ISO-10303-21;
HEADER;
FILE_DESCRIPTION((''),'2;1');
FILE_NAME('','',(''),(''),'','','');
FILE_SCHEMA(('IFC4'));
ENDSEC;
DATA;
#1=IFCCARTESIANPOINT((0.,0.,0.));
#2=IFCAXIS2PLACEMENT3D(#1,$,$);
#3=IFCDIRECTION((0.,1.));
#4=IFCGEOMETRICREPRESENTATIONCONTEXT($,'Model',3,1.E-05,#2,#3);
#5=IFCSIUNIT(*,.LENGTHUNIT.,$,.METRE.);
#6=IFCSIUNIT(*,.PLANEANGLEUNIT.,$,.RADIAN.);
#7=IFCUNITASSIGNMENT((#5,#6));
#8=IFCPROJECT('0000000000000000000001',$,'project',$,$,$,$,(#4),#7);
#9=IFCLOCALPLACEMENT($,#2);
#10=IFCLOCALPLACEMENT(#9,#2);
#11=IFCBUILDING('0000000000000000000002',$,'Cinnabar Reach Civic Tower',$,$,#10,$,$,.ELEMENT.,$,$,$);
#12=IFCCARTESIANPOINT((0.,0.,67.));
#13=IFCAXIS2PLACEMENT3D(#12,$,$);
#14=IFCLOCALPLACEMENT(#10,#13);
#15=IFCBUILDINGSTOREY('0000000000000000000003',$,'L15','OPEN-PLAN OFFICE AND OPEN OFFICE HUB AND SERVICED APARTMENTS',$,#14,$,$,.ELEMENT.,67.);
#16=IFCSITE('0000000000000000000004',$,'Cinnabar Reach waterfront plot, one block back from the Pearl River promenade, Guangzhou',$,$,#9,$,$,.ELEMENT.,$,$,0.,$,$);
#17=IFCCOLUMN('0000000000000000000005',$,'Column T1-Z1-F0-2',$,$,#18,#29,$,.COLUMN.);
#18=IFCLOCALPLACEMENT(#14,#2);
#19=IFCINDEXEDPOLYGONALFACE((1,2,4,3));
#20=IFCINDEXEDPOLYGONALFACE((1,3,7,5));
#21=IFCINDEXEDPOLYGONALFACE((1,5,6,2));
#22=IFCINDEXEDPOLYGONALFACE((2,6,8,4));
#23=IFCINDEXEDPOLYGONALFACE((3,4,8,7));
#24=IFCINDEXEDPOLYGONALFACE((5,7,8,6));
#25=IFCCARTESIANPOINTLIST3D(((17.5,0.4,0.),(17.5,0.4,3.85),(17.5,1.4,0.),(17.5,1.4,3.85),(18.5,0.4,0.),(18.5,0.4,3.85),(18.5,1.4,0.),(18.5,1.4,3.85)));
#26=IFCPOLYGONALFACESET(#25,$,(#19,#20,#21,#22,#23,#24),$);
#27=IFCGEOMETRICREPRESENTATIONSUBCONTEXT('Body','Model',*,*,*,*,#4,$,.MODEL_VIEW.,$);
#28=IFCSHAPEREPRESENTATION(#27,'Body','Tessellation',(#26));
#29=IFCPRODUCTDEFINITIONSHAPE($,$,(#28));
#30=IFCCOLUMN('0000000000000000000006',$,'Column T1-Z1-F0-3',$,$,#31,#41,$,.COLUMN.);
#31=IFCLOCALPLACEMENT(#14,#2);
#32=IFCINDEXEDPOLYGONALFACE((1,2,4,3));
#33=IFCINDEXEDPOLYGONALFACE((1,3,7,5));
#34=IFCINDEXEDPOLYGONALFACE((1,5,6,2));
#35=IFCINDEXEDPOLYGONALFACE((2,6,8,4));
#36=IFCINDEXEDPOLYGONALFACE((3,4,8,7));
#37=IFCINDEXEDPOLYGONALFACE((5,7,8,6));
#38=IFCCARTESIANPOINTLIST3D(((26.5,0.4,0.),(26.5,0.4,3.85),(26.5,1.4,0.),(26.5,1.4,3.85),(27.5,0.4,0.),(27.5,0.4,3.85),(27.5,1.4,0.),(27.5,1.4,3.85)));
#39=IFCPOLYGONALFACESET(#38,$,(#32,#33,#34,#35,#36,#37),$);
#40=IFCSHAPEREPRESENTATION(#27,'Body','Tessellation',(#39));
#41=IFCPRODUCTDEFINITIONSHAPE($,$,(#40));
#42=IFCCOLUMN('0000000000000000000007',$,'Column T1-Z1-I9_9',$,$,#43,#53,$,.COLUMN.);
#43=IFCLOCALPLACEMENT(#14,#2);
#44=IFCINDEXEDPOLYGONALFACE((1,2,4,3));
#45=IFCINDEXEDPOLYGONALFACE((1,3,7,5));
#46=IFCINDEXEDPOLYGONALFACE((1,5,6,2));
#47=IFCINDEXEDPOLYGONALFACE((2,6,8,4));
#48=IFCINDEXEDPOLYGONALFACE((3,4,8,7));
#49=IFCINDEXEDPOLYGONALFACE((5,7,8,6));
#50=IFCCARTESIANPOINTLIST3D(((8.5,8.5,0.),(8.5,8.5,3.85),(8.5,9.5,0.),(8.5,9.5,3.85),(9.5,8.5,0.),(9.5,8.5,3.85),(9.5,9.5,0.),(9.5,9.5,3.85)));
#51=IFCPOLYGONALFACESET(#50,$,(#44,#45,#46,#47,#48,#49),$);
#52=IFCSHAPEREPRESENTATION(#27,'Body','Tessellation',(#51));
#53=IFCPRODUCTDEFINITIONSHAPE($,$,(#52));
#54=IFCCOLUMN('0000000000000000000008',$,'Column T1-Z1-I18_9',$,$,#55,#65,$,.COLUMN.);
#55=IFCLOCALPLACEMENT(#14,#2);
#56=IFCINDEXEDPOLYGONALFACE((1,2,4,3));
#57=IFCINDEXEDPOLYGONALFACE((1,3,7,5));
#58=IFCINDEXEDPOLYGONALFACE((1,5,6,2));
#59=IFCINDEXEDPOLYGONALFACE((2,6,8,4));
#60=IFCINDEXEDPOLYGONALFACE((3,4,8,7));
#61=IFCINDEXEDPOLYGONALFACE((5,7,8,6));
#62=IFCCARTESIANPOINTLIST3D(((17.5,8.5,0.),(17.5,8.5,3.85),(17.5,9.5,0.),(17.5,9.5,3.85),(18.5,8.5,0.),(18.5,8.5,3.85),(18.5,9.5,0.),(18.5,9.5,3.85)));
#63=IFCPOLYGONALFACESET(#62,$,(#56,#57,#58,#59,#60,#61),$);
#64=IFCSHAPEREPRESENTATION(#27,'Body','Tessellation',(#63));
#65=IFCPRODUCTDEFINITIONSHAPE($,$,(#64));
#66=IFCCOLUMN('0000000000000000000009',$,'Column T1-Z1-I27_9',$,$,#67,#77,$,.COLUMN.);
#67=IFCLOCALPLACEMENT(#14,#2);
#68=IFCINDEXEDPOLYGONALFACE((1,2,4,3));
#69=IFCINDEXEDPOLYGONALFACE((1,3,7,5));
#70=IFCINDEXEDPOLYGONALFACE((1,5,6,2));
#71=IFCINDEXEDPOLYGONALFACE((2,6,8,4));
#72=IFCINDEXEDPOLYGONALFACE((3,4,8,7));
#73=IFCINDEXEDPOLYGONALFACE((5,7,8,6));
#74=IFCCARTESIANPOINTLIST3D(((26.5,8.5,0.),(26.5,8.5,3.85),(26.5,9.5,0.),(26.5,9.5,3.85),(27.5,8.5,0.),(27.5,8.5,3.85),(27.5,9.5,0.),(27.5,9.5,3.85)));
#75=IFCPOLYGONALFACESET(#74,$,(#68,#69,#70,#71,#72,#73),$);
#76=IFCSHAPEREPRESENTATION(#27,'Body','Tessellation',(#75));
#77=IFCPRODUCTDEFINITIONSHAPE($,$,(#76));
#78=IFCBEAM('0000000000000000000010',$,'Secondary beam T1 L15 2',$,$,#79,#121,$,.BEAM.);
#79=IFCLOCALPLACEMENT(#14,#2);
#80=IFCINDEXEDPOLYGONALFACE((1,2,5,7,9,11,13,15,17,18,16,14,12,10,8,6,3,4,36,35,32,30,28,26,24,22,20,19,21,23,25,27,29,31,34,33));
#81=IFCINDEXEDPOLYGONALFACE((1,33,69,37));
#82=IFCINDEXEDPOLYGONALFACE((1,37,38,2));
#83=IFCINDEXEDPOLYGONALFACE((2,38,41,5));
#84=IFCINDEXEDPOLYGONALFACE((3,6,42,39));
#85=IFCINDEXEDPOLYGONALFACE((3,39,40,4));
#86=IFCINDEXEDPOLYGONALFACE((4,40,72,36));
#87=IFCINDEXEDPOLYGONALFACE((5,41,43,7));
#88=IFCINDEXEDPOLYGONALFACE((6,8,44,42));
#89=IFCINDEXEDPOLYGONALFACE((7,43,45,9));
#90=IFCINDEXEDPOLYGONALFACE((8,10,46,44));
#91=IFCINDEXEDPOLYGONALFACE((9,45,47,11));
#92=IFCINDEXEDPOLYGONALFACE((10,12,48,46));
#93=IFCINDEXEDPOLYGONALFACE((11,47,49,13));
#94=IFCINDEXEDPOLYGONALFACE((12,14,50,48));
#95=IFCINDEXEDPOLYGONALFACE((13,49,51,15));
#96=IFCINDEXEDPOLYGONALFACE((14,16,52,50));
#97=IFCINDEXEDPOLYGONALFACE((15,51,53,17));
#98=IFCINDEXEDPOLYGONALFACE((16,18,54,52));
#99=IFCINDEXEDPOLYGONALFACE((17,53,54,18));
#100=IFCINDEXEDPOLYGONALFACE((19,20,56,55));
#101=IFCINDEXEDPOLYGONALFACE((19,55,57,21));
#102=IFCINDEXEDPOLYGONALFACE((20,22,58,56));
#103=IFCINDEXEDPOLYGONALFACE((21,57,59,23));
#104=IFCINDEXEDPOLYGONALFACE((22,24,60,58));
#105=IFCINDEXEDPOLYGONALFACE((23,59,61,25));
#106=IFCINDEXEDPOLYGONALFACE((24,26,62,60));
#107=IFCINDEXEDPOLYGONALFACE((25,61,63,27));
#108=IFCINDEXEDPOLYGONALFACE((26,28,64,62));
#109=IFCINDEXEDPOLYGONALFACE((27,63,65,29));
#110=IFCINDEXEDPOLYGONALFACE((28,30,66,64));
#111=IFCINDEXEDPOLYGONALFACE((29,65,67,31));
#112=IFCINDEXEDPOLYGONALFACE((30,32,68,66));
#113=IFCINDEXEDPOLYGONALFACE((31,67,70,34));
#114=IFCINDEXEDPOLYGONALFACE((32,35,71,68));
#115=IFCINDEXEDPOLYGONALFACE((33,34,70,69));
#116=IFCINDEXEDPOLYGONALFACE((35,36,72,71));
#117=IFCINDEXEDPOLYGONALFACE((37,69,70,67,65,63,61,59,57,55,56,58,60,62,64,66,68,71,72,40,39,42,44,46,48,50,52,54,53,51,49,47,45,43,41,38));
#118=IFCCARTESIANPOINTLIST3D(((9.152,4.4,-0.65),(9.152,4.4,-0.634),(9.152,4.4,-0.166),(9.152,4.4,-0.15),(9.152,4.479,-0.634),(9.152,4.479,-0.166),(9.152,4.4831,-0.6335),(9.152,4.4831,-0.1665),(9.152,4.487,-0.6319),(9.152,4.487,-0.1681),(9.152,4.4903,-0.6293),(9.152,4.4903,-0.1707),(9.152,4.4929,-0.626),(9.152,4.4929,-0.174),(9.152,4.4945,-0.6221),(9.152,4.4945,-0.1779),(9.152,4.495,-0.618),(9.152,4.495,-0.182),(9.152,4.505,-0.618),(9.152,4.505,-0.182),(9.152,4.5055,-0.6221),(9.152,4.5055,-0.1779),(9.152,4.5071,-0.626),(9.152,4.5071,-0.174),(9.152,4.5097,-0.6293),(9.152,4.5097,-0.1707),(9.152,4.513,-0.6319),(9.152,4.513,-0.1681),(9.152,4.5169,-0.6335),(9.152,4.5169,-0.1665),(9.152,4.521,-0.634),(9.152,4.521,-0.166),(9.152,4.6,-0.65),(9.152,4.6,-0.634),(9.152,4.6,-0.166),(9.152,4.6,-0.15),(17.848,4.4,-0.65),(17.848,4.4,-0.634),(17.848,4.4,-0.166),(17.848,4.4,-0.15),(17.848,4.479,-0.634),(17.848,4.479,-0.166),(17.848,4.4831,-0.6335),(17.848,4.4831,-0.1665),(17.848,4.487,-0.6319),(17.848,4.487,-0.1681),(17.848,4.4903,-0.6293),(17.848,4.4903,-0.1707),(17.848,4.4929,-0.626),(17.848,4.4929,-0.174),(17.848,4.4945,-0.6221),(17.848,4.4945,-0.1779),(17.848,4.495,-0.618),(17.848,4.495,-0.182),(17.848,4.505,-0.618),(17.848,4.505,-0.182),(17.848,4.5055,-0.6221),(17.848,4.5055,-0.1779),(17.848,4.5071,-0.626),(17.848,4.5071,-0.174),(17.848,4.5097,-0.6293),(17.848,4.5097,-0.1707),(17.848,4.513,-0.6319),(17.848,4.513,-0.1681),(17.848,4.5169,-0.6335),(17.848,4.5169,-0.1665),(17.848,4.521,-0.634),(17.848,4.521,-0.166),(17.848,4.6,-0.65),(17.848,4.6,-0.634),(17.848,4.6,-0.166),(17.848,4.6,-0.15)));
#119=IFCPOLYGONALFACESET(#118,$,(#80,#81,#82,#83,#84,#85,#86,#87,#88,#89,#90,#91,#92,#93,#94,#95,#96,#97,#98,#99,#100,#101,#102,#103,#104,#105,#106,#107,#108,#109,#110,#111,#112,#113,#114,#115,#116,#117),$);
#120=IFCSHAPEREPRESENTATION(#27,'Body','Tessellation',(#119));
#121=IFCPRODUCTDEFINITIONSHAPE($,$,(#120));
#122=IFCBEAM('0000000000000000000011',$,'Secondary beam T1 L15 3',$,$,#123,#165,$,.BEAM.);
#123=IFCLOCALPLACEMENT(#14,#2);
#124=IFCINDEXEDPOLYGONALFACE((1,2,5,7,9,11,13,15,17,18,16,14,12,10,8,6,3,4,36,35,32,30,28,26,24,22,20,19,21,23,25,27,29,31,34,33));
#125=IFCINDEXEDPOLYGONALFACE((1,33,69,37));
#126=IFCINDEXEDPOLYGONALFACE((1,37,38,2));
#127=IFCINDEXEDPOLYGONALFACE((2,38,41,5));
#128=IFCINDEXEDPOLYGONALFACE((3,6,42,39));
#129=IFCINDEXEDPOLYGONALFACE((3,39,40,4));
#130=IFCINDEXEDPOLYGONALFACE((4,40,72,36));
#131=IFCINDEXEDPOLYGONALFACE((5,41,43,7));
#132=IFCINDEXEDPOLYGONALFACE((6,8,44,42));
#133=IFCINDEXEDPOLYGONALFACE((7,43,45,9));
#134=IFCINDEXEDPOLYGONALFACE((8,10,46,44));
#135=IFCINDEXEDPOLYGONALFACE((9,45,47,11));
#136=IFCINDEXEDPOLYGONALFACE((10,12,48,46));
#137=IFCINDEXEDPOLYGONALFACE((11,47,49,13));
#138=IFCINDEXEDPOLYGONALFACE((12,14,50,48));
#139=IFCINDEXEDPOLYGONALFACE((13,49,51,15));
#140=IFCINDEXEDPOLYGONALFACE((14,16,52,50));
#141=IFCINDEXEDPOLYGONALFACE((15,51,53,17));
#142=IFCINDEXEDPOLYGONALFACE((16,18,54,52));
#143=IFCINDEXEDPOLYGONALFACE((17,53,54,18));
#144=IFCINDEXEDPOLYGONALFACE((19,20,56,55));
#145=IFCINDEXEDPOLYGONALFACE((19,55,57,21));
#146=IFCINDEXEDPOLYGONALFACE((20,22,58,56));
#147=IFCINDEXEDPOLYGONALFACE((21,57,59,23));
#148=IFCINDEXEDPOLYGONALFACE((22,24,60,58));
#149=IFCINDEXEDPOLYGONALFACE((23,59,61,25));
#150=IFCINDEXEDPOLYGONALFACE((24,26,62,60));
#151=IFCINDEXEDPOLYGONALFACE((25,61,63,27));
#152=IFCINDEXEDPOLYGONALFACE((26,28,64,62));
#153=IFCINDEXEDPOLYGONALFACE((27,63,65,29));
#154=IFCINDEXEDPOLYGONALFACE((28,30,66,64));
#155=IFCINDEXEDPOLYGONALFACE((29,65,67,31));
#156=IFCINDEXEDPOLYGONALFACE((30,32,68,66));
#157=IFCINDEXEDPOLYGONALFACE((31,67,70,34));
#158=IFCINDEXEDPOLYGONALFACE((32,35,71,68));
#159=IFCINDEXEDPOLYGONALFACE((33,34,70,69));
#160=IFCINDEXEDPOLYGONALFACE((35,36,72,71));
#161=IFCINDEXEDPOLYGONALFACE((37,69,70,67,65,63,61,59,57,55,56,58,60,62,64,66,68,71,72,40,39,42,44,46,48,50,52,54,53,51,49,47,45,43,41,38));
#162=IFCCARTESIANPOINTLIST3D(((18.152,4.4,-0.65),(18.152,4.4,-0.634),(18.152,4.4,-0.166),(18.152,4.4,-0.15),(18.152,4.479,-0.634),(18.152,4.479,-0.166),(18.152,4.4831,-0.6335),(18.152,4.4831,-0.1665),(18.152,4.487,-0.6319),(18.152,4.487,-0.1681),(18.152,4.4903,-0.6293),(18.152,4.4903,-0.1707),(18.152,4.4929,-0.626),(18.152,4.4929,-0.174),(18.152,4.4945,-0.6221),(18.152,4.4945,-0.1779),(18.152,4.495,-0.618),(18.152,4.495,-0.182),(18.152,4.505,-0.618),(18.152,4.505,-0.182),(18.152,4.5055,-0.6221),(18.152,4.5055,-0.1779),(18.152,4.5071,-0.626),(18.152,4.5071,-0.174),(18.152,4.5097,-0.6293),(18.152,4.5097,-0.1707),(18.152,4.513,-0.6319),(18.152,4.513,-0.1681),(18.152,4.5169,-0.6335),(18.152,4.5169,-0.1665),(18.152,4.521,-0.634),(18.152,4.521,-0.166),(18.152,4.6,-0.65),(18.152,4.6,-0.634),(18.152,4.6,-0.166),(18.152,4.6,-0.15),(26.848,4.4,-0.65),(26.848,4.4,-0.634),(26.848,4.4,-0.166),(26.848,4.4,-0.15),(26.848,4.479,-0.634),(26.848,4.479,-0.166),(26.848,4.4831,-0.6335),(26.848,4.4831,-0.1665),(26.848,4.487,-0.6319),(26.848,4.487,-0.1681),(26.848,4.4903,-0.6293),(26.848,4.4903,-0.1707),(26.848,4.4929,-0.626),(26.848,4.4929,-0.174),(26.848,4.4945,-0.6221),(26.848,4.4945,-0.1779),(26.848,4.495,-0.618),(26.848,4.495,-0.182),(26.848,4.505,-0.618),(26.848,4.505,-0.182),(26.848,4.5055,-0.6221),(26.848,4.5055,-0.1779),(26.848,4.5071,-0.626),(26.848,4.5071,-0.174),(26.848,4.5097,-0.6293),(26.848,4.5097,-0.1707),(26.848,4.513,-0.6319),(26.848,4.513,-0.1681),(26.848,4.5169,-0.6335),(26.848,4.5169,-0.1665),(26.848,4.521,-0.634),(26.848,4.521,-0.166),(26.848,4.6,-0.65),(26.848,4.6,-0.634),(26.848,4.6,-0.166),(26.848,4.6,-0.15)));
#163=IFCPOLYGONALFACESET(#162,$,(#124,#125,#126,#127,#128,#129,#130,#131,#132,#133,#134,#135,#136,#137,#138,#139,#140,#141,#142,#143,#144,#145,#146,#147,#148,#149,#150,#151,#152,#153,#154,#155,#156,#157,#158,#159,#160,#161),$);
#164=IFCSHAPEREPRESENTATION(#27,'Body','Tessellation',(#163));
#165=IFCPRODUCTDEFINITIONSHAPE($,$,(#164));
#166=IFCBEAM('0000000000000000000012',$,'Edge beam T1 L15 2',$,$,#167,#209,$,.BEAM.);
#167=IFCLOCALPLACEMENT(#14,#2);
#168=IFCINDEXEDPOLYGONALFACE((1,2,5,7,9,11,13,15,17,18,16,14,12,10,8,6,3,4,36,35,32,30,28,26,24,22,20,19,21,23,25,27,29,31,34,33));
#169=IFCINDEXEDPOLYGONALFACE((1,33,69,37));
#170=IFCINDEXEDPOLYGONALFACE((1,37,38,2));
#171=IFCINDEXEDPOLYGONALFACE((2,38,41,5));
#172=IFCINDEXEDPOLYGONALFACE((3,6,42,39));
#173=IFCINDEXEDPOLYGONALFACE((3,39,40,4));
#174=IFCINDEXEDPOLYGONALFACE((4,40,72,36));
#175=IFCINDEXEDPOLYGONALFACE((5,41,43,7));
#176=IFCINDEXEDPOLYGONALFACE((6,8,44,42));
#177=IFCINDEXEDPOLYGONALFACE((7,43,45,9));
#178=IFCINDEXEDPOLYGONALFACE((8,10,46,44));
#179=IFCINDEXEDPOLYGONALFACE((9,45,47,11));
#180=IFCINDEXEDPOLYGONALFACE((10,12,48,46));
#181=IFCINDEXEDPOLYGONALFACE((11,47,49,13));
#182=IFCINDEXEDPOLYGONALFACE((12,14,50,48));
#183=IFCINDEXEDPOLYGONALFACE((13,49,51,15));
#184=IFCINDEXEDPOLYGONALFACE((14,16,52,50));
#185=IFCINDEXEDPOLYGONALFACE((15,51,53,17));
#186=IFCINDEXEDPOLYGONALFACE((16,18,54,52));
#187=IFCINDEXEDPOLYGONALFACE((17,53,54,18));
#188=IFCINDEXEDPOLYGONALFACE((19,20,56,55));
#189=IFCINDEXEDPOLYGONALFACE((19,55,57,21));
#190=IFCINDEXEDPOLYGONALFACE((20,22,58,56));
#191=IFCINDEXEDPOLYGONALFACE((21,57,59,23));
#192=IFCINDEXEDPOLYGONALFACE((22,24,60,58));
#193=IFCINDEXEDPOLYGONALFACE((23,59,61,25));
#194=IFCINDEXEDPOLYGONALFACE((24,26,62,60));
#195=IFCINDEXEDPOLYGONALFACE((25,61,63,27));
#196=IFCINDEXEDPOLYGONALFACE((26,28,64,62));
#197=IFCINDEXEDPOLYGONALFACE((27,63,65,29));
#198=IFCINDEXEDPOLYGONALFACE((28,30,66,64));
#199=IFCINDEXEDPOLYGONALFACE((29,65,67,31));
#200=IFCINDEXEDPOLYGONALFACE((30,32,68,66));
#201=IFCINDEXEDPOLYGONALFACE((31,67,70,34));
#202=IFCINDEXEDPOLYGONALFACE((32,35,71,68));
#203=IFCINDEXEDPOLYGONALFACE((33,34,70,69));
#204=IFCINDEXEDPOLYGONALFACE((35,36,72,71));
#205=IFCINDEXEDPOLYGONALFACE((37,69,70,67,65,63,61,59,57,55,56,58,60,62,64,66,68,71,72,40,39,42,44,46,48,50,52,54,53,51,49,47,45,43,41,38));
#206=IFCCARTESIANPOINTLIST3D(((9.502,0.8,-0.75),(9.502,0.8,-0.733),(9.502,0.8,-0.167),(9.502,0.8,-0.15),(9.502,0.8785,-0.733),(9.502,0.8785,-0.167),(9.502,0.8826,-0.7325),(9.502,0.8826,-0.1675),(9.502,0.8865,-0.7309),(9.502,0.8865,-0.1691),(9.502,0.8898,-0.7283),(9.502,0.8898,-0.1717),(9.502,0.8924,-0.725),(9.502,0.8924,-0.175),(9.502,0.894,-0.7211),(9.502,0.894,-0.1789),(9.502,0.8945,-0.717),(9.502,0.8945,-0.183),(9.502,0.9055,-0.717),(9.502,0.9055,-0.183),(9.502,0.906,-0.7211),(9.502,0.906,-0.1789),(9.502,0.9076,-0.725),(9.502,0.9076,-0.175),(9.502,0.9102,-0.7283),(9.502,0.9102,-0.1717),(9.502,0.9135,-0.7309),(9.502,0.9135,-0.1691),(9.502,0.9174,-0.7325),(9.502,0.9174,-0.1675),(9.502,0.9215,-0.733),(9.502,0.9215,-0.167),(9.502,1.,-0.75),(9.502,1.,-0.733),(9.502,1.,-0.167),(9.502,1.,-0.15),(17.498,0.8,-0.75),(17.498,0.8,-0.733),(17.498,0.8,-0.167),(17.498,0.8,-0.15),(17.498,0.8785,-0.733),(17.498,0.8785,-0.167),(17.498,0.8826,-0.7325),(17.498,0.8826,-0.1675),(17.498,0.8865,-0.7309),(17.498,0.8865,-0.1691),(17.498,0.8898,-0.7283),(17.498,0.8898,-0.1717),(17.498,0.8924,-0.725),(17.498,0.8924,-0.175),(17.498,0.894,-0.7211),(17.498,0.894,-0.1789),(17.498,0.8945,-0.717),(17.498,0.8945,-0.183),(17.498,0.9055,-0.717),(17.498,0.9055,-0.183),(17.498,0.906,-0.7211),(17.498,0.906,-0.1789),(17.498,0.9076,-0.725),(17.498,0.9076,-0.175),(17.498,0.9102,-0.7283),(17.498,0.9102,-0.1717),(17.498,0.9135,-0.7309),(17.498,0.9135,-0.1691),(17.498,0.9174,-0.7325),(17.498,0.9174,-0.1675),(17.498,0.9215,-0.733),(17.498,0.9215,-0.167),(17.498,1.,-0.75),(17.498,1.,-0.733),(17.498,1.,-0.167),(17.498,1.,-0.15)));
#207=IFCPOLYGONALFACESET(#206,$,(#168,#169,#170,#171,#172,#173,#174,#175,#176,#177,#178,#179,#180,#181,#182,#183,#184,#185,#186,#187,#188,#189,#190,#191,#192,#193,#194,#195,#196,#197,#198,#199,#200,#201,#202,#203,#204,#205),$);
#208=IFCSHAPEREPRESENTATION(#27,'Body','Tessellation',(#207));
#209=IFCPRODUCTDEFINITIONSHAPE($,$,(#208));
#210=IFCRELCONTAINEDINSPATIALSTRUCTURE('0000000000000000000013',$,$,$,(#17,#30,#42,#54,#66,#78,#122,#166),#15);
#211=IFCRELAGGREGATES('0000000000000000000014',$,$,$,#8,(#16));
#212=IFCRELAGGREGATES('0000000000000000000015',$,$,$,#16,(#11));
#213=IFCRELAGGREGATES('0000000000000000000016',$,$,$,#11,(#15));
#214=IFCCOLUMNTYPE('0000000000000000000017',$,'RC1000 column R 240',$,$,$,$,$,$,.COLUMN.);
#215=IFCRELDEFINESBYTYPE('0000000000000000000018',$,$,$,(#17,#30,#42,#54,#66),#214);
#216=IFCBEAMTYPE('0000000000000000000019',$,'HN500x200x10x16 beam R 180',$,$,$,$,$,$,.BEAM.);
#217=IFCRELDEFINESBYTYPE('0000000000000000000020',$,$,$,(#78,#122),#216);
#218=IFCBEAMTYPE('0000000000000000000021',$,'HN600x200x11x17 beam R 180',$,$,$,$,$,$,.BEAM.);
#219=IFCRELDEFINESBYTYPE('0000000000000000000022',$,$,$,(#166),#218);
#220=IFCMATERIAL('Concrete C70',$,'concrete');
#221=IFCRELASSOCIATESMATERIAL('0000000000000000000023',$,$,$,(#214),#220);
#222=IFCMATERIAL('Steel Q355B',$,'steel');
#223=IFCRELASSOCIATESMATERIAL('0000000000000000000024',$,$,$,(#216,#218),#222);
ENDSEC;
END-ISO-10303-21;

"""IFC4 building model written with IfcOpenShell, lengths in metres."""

from ifc_helpers import new_model, si_unit, direction, frame, origin, origin_2d, place, context, subcontext, project, spatial, rectangle, i_section, extrude, material, material_profile, profile_set, type_object, element, save


model = new_model("IFC4")

# Units and contexts
model_context = context("Model", 3, precision=1e-05, world=origin(), true_north=direction((0.0, 1.0)))
body_context = subcontext(model_context, "Body", "Model", "MODEL_VIEW")
ifc_project = project(units=[si_unit("LENGTHUNIT", "METRE"), si_unit("PLANEANGLEUNIT", "RADIAN")], contexts=[model_context])

# Site, building, storey
site_placement = place(None, origin())
site = spatial("IfcSite", under=ifc_project, at=site_placement, Name="Cinnabar Reach waterfront plot, one block back from the Pearl River promenade, Guangzhou", CompositionType="ELEMENT", RefElevation=0.0)
building_placement = place(site_placement, origin())
building = spatial("IfcBuilding", under=site, at=building_placement, Name="Cinnabar Reach Civic Tower", CompositionType="ELEMENT")
storey_placement = place(building_placement, frame((0.0, 0.0, 67.0)))
storey = spatial("IfcBuildingStorey", under=building, at=storey_placement, Name="L15", Description="OPEN-PLAN OFFICE AND OPEN OFFICE HUB AND SERVICED APARTMENTS", CompositionType="ELEMENT", Elevation=67.0)

# Columns
ifc_material_1 = material(Name="Concrete C70", Category="concrete")
ifc_material_profile_1 = material_profile(ifc_material_1, rectangle(XDim=1.0, YDim=1.0, at=origin_2d()), Name="RC1000")
ifc_profile_set_1 = profile_set([ifc_material_profile_1], Name="Concrete C70")
column_type = type_object("IfcColumnType", Name="RC1000 column R 240", PredefinedType="COLUMN", material=ifc_profile_set_1)
for number, where, z_axis, x_axis, name in (
    (1, (18.0, 0.9, 0.0), (0.0, 0.0, 1.0), (1.0, 0.0, 0.0), "Column T1-Z1-F0-2"),
    (2, (27.0, 0.9, 0.0), (0.0, 0.0, 1.0), (1.0, 0.0, 0.0), "Column T1-Z1-F0-3"),
    (3, (9.0, 9.0, 0.0), (0.0, 0.0, 1.0), (1.0, 0.0, 0.0), "Column T1-Z1-I9_9"),
    (4, (18.0, 9.0, 0.0), (0.0, 0.0, 1.0), (1.0, 0.0, 0.0), "Column T1-Z1-I18_9"),
    (5, (27.0, 9.0, 0.0), (0.0, 0.0, 1.0), (1.0, 0.0, 0.0), "Column T1-Z1-I27_9"),
):
    element("IfcColumn", number, at=place(storey_placement, frame(where, z_axis=z_axis, x_axis=x_axis)), inside=storey, type_object=column_type, Name=name, PredefinedType="COLUMN", context=body_context, shape_type="SweptSolid", body=[
        extrude(rectangle(XDim=1.0, YDim=1.0, at=origin_2d()), origin(), (0.0, 0.0, 1.0), 3.85),
    ])

# Beams
ifc_material_2 = material(Name="Steel Q355B", Category="steel")
ifc_material_profile_2 = material_profile(ifc_material_2, i_section(OverallWidth=0.2, OverallDepth=0.5, WebThickness=0.01, FlangeThickness=0.016, FilletRadius=0.016, at=origin_2d()), Name="HN500x200x10x16")
ifc_profile_set_2 = profile_set([ifc_material_profile_2], Name="Steel Q355B")
beam_type_1 = type_object("IfcBeamType", Name="HN500x200x10x16 beam R 180", PredefinedType="BEAM", material=ifc_profile_set_2)
for number, where, z_axis, x_axis, name in (
    (6, (9.152, 4.5, -0.4), (1.0, 0.0, 0.0), (0.0, 1.0, 0.0), "Secondary beam T1 L15 2"),
    (7, (18.152, 4.5, -0.4), (1.0, 0.0, 0.0), (0.0, 1.0, 0.0), "Secondary beam T1 L15 3"),
):
    element("IfcBeam", number, at=place(storey_placement, frame(where, z_axis=z_axis, x_axis=x_axis)), inside=storey, type_object=beam_type_1, Name=name, PredefinedType="BEAM", context=body_context, shape_type="SweptSolid", body=[
        extrude(i_section(OverallWidth=0.2, OverallDepth=0.5, WebThickness=0.01, FlangeThickness=0.016, FilletRadius=0.016, at=origin_2d()), origin(), (0.0, 0.0, 1.0), 8.696),
    ])
ifc_material_profile_3 = material_profile(ifc_material_2, i_section(OverallWidth=0.2, OverallDepth=0.6, WebThickness=0.011, FlangeThickness=0.017, FilletRadius=0.016, at=origin_2d()), Name="HN600x200x11x17")
ifc_profile_set_3 = profile_set([ifc_material_profile_3], Name="Steel Q355B")
beam_type_2 = type_object("IfcBeamType", Name="HN600x200x11x17 beam R 180", PredefinedType="BEAM", material=ifc_profile_set_3)
for number, where, z_axis, x_axis, name in (
    (8, (9.502, 0.9, -0.45), (1.0, 0.0, 0.0), (0.0, 1.0, 0.0), "Edge beam T1 L15 2"),
):
    element("IfcBeam", number, at=place(storey_placement, frame(where, z_axis=z_axis, x_axis=x_axis)), inside=storey, type_object=beam_type_2, Name=name, PredefinedType="BEAM", context=body_context, shape_type="SweptSolid", body=[
        extrude(i_section(OverallWidth=0.2, OverallDepth=0.6, WebThickness=0.011, FlangeThickness=0.017, FilletRadius=0.016, at=origin_2d()), origin(), (0.0, 0.0, 1.0), 7.996),
    ])

save(model, "model.ifc")
